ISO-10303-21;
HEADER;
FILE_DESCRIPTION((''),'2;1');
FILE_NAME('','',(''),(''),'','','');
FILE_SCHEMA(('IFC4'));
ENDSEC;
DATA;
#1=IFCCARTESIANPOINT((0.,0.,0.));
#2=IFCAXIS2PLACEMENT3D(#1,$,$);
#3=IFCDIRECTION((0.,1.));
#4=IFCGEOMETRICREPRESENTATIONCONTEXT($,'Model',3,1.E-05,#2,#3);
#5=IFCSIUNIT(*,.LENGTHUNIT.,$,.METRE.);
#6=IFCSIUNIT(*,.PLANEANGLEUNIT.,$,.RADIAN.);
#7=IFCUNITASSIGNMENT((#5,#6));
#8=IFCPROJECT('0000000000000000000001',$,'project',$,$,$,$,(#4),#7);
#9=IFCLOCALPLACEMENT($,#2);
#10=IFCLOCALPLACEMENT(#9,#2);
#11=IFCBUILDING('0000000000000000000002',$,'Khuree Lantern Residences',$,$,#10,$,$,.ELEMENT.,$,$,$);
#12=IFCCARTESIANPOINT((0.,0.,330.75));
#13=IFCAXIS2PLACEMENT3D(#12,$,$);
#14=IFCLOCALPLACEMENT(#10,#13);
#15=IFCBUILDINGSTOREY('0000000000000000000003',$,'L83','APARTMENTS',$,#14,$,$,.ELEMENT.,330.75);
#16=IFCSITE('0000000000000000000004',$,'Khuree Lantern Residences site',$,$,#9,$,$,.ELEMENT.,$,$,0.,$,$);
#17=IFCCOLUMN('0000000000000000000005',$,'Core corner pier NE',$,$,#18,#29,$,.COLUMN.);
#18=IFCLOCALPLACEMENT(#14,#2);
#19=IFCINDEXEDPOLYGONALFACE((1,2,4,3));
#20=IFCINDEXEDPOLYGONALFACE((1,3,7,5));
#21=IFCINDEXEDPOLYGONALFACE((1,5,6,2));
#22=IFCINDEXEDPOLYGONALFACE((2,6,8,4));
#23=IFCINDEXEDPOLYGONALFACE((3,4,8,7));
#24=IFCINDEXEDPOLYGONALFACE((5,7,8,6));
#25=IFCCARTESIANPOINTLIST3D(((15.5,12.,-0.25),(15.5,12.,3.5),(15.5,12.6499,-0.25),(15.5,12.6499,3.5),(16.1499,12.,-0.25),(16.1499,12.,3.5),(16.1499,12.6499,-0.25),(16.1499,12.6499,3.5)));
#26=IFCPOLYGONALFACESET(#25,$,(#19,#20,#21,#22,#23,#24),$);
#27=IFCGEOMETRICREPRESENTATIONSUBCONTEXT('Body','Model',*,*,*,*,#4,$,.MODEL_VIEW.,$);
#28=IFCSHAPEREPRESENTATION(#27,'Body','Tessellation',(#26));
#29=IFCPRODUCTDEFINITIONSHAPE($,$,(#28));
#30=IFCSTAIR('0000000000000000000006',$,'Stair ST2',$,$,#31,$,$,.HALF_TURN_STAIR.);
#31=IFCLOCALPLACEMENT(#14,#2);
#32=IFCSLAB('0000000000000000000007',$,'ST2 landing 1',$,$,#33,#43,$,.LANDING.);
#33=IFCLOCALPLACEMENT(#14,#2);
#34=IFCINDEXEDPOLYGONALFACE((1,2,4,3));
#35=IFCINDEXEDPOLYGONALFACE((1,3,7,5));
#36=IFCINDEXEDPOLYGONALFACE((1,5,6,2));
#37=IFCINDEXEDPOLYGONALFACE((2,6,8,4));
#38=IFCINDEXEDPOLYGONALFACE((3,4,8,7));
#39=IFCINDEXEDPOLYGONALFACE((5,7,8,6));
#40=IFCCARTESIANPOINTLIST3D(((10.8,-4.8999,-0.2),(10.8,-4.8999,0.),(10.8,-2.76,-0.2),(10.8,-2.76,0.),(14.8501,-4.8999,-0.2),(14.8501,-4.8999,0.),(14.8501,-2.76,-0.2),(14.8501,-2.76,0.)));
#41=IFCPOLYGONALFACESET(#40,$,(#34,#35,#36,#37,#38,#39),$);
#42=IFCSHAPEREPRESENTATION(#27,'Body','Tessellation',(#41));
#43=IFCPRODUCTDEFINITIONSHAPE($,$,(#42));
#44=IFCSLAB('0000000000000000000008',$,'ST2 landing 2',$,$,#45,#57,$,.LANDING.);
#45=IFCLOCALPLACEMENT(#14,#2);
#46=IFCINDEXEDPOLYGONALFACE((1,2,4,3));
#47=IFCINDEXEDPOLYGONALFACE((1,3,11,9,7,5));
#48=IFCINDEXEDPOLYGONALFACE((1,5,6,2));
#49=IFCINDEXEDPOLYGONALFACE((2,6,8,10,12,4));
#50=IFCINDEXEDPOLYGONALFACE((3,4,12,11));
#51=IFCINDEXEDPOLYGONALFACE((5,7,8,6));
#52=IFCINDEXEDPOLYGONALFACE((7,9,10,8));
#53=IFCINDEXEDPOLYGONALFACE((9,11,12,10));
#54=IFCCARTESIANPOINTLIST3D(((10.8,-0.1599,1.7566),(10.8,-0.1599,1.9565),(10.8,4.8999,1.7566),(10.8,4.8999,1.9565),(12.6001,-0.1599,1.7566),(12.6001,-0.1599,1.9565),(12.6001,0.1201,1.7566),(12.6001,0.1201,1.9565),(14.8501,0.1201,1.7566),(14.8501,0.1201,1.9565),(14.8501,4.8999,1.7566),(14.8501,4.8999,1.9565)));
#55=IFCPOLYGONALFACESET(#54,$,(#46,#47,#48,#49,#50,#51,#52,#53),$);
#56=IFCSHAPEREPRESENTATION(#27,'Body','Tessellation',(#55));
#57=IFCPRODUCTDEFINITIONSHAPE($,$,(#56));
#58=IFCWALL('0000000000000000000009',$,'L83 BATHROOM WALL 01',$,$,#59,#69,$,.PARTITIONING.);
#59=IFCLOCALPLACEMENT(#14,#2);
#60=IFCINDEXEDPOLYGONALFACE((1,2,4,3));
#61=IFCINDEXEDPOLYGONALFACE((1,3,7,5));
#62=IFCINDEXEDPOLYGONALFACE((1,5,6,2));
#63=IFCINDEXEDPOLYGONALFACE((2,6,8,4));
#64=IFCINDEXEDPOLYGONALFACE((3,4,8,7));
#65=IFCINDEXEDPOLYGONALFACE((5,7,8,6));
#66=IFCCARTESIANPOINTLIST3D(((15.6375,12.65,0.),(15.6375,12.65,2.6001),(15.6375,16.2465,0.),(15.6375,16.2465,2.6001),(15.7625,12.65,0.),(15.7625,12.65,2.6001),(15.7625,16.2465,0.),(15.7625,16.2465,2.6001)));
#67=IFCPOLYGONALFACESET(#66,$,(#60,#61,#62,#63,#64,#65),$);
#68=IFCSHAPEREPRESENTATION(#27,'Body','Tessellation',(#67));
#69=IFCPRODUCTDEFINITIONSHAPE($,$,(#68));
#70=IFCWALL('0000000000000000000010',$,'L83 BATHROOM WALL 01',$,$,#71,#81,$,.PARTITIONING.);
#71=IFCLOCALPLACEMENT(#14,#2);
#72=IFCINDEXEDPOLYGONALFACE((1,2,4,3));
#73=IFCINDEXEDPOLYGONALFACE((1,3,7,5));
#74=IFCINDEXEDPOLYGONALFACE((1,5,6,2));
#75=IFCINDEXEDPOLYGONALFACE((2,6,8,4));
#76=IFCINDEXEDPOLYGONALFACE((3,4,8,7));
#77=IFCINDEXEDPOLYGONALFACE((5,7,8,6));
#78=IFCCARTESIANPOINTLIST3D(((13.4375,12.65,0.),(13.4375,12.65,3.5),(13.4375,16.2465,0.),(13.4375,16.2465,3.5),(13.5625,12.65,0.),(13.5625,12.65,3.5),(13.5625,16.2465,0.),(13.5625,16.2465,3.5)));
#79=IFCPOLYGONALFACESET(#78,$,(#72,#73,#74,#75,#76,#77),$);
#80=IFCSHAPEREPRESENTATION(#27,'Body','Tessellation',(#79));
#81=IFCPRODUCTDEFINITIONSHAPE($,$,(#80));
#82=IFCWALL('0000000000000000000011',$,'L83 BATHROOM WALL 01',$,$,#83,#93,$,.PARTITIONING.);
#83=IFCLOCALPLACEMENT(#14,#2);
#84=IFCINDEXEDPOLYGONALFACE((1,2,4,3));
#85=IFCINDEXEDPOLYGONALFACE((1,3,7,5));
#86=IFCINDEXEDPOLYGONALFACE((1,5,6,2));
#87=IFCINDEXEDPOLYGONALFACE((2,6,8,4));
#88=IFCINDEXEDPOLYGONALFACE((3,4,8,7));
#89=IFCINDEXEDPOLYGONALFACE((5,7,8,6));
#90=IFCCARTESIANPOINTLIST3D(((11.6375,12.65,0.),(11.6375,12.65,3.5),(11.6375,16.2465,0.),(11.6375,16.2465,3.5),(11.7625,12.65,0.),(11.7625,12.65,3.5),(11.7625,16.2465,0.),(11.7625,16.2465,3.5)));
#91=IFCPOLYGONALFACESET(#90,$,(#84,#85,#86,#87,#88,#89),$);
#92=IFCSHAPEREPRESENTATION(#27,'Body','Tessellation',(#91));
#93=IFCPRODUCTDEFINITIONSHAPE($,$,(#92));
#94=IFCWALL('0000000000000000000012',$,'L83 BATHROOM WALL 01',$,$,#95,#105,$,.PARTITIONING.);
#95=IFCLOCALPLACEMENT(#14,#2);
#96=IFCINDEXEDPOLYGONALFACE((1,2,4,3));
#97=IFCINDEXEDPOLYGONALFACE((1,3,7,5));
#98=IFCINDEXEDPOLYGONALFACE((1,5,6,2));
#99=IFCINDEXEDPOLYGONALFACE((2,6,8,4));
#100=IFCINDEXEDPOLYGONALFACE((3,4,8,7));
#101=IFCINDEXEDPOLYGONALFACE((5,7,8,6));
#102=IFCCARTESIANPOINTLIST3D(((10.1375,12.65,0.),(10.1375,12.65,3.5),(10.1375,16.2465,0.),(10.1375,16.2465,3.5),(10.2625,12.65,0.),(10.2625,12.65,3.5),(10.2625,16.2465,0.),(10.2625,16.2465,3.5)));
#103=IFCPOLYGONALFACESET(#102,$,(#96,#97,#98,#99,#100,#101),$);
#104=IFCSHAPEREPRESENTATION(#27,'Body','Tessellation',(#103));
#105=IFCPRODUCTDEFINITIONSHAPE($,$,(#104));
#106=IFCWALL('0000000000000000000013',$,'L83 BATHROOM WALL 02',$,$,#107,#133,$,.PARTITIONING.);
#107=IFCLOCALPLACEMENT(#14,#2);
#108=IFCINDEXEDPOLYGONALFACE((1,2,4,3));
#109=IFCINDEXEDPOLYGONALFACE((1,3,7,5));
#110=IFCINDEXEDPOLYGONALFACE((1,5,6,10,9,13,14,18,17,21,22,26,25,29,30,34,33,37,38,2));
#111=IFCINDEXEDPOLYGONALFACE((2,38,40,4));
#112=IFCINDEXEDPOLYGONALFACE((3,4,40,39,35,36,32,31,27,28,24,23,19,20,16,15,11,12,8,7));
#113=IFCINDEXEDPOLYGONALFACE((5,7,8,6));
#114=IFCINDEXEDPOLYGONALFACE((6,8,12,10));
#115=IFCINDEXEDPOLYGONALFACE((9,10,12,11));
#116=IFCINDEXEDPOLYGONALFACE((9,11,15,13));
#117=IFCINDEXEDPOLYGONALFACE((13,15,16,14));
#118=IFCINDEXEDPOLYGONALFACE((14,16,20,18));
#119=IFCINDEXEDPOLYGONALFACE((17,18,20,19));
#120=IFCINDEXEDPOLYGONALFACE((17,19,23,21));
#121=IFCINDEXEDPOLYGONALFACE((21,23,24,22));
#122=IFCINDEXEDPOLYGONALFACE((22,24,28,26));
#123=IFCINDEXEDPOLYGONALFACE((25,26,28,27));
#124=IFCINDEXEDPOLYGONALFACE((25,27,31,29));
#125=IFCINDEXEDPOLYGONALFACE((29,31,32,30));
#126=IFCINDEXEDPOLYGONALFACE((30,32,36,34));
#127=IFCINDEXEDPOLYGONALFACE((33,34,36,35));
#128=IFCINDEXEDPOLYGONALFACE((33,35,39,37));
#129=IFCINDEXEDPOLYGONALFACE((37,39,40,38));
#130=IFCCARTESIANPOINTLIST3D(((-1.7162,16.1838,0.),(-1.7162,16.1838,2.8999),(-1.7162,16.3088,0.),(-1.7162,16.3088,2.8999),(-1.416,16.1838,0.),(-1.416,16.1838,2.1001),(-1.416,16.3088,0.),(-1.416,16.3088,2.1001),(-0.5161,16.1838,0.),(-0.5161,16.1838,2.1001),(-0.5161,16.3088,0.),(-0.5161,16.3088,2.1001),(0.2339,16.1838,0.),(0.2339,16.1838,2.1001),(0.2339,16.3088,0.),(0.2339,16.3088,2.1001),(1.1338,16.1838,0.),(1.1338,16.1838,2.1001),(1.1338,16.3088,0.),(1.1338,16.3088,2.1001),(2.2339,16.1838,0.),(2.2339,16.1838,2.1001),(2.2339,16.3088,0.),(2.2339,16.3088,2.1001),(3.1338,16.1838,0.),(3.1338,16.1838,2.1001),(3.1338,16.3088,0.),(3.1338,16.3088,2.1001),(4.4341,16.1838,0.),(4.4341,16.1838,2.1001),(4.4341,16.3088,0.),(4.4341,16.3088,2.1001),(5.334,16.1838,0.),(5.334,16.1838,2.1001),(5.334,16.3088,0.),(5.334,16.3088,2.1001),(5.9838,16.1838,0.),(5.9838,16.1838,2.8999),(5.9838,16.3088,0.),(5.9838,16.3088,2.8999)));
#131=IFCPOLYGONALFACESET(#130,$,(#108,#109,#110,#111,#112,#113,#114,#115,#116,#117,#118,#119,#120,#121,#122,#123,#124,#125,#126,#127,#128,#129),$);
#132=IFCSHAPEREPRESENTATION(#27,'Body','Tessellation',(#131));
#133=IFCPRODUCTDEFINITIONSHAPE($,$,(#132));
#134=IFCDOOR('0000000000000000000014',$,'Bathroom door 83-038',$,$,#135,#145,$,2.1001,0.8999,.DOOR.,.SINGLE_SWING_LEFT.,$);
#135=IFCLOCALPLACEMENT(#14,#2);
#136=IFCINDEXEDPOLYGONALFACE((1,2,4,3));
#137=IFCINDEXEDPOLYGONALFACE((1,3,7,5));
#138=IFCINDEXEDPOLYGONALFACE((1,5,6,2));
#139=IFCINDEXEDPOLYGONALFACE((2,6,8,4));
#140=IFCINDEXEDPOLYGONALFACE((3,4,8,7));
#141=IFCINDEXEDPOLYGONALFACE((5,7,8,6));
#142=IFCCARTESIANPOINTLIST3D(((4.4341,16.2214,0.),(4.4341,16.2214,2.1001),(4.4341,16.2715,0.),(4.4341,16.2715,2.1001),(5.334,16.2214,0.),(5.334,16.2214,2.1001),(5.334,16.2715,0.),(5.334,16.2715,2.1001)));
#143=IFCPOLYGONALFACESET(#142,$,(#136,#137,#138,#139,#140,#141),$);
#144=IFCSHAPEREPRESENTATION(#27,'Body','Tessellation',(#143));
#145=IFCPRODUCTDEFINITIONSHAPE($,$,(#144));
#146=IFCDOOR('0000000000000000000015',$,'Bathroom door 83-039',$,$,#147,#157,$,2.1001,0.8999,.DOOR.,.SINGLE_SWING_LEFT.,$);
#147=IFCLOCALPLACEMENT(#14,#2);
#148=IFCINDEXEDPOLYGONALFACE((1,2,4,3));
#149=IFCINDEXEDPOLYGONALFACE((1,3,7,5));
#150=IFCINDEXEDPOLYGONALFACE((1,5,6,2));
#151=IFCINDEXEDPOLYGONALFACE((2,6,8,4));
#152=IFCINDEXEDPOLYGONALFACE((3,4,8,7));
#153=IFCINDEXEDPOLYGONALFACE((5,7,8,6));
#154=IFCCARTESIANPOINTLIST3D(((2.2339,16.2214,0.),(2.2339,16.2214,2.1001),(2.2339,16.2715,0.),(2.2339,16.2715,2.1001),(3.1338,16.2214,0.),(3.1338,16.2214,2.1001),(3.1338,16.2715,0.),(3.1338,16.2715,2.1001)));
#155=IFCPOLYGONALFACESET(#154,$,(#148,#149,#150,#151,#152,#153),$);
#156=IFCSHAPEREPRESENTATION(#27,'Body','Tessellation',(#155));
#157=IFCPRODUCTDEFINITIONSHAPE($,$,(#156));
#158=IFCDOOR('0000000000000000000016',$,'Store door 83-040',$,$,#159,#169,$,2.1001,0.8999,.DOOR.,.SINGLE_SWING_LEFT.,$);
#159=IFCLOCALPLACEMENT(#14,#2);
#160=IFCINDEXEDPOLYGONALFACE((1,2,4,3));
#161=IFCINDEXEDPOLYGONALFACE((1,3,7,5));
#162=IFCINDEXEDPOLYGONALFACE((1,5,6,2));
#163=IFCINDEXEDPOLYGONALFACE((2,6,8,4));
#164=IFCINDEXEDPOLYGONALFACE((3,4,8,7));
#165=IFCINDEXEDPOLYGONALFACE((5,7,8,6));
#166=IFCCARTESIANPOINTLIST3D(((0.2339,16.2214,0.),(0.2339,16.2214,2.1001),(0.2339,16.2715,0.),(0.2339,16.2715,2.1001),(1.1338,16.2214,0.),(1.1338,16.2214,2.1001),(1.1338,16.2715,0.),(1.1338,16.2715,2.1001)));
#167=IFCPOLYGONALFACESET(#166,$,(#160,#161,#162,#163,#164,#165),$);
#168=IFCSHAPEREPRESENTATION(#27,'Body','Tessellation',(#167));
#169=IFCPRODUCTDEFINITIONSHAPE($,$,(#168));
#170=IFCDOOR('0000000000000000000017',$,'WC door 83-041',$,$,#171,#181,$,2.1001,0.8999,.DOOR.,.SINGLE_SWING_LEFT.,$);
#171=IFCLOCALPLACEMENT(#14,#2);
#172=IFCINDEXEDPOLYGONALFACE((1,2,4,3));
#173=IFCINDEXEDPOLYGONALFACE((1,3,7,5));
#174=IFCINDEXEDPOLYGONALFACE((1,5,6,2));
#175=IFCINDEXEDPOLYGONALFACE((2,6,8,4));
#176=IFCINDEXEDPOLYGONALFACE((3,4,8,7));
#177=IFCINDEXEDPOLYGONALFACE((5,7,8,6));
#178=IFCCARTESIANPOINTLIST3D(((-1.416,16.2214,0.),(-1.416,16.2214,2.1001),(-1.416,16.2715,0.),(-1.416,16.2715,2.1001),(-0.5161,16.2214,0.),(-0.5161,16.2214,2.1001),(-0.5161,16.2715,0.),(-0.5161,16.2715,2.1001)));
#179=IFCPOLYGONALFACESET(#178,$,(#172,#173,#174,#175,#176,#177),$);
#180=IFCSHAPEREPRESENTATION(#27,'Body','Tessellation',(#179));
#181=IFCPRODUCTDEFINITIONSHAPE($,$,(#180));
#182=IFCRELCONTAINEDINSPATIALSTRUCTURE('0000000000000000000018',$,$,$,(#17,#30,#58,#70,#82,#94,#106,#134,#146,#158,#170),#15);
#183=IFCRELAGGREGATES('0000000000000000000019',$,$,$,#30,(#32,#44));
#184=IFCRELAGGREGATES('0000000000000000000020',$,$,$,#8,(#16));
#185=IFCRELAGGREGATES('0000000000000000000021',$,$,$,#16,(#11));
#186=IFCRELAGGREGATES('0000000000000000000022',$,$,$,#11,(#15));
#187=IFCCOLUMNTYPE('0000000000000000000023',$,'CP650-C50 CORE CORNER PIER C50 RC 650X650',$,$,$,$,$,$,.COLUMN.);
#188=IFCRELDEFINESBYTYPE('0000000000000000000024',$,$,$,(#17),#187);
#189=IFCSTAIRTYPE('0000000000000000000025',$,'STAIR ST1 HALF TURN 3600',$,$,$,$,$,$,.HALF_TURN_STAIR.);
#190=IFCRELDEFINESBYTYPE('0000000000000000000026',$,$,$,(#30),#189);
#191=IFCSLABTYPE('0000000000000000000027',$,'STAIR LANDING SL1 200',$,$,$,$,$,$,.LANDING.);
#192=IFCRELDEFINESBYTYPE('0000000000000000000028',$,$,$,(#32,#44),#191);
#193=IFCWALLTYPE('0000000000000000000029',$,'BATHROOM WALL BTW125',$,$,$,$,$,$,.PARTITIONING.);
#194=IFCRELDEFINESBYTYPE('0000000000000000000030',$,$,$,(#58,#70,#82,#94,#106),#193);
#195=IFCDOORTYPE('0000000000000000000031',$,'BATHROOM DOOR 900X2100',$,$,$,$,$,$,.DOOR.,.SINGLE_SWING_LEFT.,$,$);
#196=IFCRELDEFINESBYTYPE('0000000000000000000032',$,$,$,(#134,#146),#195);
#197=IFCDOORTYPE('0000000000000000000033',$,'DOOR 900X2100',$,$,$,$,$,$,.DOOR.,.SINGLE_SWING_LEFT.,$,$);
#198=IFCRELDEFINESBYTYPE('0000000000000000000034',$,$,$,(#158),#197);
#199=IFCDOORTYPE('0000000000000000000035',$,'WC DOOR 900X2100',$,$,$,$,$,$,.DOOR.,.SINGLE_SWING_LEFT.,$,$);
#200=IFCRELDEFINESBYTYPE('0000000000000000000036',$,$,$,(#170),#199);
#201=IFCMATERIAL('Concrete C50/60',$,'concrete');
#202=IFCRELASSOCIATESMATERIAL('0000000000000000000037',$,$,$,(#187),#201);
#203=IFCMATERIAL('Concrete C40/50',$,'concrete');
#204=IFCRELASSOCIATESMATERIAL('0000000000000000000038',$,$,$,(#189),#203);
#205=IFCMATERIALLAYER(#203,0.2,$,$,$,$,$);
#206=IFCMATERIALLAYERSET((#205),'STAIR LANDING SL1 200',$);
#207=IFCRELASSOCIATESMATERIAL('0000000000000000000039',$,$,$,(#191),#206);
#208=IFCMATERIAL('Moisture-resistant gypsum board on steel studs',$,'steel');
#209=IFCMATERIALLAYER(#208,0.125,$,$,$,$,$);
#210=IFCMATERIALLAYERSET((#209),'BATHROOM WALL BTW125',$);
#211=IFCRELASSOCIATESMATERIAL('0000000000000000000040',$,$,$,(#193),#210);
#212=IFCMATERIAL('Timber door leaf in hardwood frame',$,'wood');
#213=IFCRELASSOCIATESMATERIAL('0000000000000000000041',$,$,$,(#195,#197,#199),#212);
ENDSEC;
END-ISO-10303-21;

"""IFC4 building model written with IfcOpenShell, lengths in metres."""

from ifc_helpers import new_model, si_unit, direction, frame, frame_2d, origin, origin_2d, place, context, subcontext, project, spatial, polyline, rectangle, outline, extrude, material, layer, layer_set, material_profile, profile_set, type_object, element, fill, aggregate, save


model = new_model("IFC4")

# Units and contexts
model_context = context("Model", 3, precision=1e-05, world=origin(), true_north=direction((0.0, 1.0)))
body_context = subcontext(model_context, "Body", "Model", "MODEL_VIEW")
ifc_project = project(units=[si_unit("LENGTHUNIT", "METRE"), si_unit("PLANEANGLEUNIT", "RADIAN")], contexts=[model_context])

# Site, building, storey
site_placement = place(None, origin())
site = spatial("IfcSite", under=ifc_project, at=site_placement, Name="Khuree Lantern Residences site", CompositionType="ELEMENT", RefElevation=0.0)
building_placement = place(site_placement, origin())
building = spatial("IfcBuilding", under=site, at=building_placement, Name="Khuree Lantern Residences", CompositionType="ELEMENT")
storey_placement = place(building_placement, frame((0.0, 0.0, 330.75)))
storey = spatial("IfcBuildingStorey", under=building, at=storey_placement, Name="L83", Description="APARTMENTS", CompositionType="ELEMENT", Elevation=330.75)

# Column
ifc_material_1 = material(Name="Concrete C50/60", Category="concrete")
ifc_material_profile = material_profile(ifc_material_1, rectangle(XDim=0.6499, YDim=0.6499, at=origin_2d()), Name="RC 650X650")
ifc_profile_set = profile_set([ifc_material_profile], Name="Concrete C50/60")
column_type = type_object("IfcColumnType", Name="CP650-C50 CORE CORNER PIER C50 RC 650X650", PredefinedType="COLUMN", material=ifc_profile_set)
column_placement = place(storey_placement, frame((15.825, 12.325, -0.25), z_axis=(0.0, 0.0, 1.0), x_axis=(1.0, 0.0, 0.0)))
element("IfcColumn", 1, at=column_placement, inside=storey, type_object=column_type, Name="Core corner pier NE", PredefinedType="COLUMN", context=body_context, shape_type="SweptSolid", body=[
    extrude(rectangle(XDim=0.6499, YDim=0.6499, at=origin_2d()), origin(), (0.0, 0.0, 1.0), 3.75),
])

# Stair, slabs
ifc_material_2 = material(Name="Concrete C40/50", Category="concrete")
stair_type = type_object("IfcStairType", Name="STAIR ST1 HALF TURN 3600", PredefinedType="HALF_TURN_STAIR", material=ifc_material_2)
stair_placement = place(storey_placement, origin())
stair = element("IfcStair", 2, at=stair_placement, inside=storey, type_object=stair_type, Name="Stair ST2", PredefinedType="HALF_TURN_STAIR")
ifc_layer_1 = layer(ifc_material_2, 0.2)
ifc_layer_set_1 = layer_set([ifc_layer_1], Name="STAIR LANDING SL1 200")
slab_type = type_object("IfcSlabType", Name="STAIR LANDING SL1 200", PredefinedType="LANDING", material=ifc_layer_set_1)
slab_1_placement = place(storey_placement, frame((0.0, 0.0, -0.2)))
slab_1 = element("IfcSlab", 3, at=slab_1_placement, type_object=slab_type, Name="ST2 landing 1", PredefinedType="LANDING", context=body_context, shape_type="SweptSolid", body=[
    extrude(outline(polyline([(10.8, -4.8999), (14.8501, -4.8999), (14.8501, -2.76), (10.8, -2.76), (10.8, -4.8999)])), origin(), (0.0, 0.0, 1.0), 0.2),
])
slab_2_placement = place(storey_placement, frame((0.0, 0.0, 1.7566)))
slab_2 = element("IfcSlab", 4, at=slab_2_placement, type_object=slab_type, Name="ST2 landing 2", PredefinedType="LANDING", context=body_context, shape_type="SweptSolid", body=[
    extrude(outline(polyline([(14.8501, 4.8999), (14.8501, 0.1201), (12.6001, 0.1201), (12.6001, -0.1599), (10.8, -0.1599), (10.8, 4.8999), (14.8501, 4.8999)])), origin(), (0.0, 0.0, 1.0), 0.2),
])
aggregate(stair, [slab_1, slab_2])

# Walls
ifc_material_3 = material(Name="Moisture-resistant gypsum board on steel studs", Category="steel")
ifc_layer_2 = layer(ifc_material_3, 0.125)
ifc_layer_set_2 = layer_set([ifc_layer_2], Name="BATHROOM WALL BTW125")
wall_type_1 = type_object("IfcWallType", Name="BATHROOM WALL BTW125", PredefinedType="PARTITIONING", material=ifc_layer_set_2)
wall_1_placement = place(storey_placement, frame((15.7, 12.6499, 0.0), z_axis=(0.0, 0.0, 1.0), x_axis=(0.0, 1.0, 0.0)))
element("IfcWall", 5, at=wall_1_placement, inside=storey, type_object=wall_type_1, Name="L83 BATHROOM WALL 01", PredefinedType="PARTITIONING", context=body_context, shape_type="SweptSolid", body=[
    extrude(rectangle(XDim=3.5964, YDim=0.125, at=frame_2d((1.7983, 0.0))), origin(), (0.0, 0.0, 1.0), 2.6001),
])
for number, where, z_axis, x_axis, name in (
    (6, (13.5, 12.6499, 0.0), (0.0, 0.0, 1.0), (0.0, 1.0, 0.0), "L83 BATHROOM WALL 01"),
    (7, (11.7, 12.6499, 0.0), (0.0, 0.0, 1.0), (0.0, 1.0, 0.0), "L83 BATHROOM WALL 01"),
    (8, (10.2, 12.6499, 0.0), (0.0, 0.0, 1.0), (0.0, 1.0, 0.0), "L83 BATHROOM WALL 01"),
):
    element("IfcWall", number, at=place(storey_placement, frame(where, z_axis=z_axis, x_axis=x_axis)), inside=storey, type_object=wall_type_1, Name=name, PredefinedType="PARTITIONING", context=body_context, shape_type="SweptSolid", body=[
        extrude(rectangle(XDim=3.5964, YDim=0.125, at=frame_2d((1.7983, 0.0))), origin(), (0.0, 0.0, 1.0), 3.5),
    ])

# Wall, openings, doors
wall_2_placement = place(storey_placement, frame((5.9839, 16.2463, 0.0), z_axis=(0.0, 0.0, 1.0), x_axis=(-1.0, 0.0, 0.0)))
wall_2 = element("IfcWall", 9, at=wall_2_placement, inside=storey, type_object=wall_type_1, Name="L83 BATHROOM WALL 02", PredefinedType="PARTITIONING", context=body_context, shape_type="SweptSolid", body=[
    extrude(rectangle(XDim=7.7, YDim=0.125, at=frame_2d((3.8501, 0.0))), origin(), (0.0, 0.0, 1.0), 2.8999),
])
opening_1_placement = place(wall_2_placement, frame((0.6499, 0.0, 0.0)))
opening_1 = element("IfcOpeningElement", 10, at=opening_1_placement, cuts=wall_2, PredefinedType="OPENING", context=body_context, shape_type="SweptSolid", body=[
    extrude(rectangle(XDim=0.8999, YDim=2.1001, at=frame_2d((0.45, 1.05))), frame((0.0, 0.0725, 0.0), z_axis=(0.0, -1.0, 0.0), x_axis=(1.0, 0.0, 0.0)), (0.0, 0.0, 1.0), 0.145),
])
opening_2_placement = place(wall_2_placement, frame((2.8501, 0.0, 0.0)))
opening_2 = element("IfcOpeningElement", 11, at=opening_2_placement, cuts=wall_2, PredefinedType="OPENING", context=body_context, shape_type="SweptSolid", body=[
    extrude(rectangle(XDim=0.8999, YDim=2.1001, at=frame_2d((0.45, 1.05))), frame((0.0, 0.0725, 0.0), z_axis=(0.0, -1.0, 0.0), x_axis=(1.0, 0.0, 0.0)), (0.0, 0.0, 1.0), 0.145),
])
opening_3_placement = place(wall_2_placement, frame((4.8501, 0.0, 0.0)))
opening_3 = element("IfcOpeningElement", 12, at=opening_3_placement, cuts=wall_2, PredefinedType="OPENING", context=body_context, shape_type="SweptSolid", body=[
    extrude(rectangle(XDim=0.8999, YDim=2.1001, at=frame_2d((0.45, 1.05))), frame((0.0, 0.0725, 0.0), z_axis=(0.0, -1.0, 0.0), x_axis=(1.0, 0.0, 0.0)), (0.0, 0.0, 1.0), 0.145),
])
opening_4_placement = place(wall_2_placement, frame((6.5, 0.0, 0.0)))
opening_4 = element("IfcOpeningElement", 13, at=opening_4_placement, cuts=wall_2, PredefinedType="OPENING", context=body_context, shape_type="SweptSolid", body=[
    extrude(rectangle(XDim=0.8999, YDim=2.1001, at=frame_2d((0.45, 1.05))), frame((0.0, 0.0725, 0.0), z_axis=(0.0, -1.0, 0.0), x_axis=(1.0, 0.0, 0.0)), (0.0, 0.0, 1.0), 0.145),
])
ifc_material_4 = material(Name="Timber door leaf in hardwood frame", Category="wood")
door_type_1 = type_object("IfcDoorType", Name="BATHROOM DOOR 900X2100", OperationType="SINGLE_SWING_LEFT", PredefinedType="DOOR", material=ifc_material_4)
door_1_placement = place(opening_1_placement, origin())
door_1 = element("IfcDoor", 14, at=door_1_placement, inside=storey, type_object=door_type_1, Name="Bathroom door 83-038", OperationType="SINGLE_SWING_LEFT", OverallHeight=2.1001, OverallWidth=0.8999, PredefinedType="DOOR", context=body_context, shape_type="SweptSolid", body=[
    extrude(rectangle(XDim=0.8999, YDim=2.1001, at=frame_2d((0.45, 1.05))), frame((0.0, 0.0249, 0.0), z_axis=(0.0, -1.0, 0.0), x_axis=(1.0, 0.0, 0.0)), (0.0, 0.0, 1.0), 0.05),
])
fill(opening_1, door_1)
door_2_placement = place(opening_2_placement, origin())
door_2 = element("IfcDoor", 15, at=door_2_placement, inside=storey, type_object=door_type_1, Name="Bathroom door 83-039", OperationType="SINGLE_SWING_LEFT", OverallHeight=2.1001, OverallWidth=0.8999, PredefinedType="DOOR", context=body_context, shape_type="SweptSolid", body=[
    extrude(rectangle(XDim=0.8999, YDim=2.1001, at=frame_2d((0.45, 1.05))), frame((0.0, 0.0249, 0.0), z_axis=(0.0, -1.0, 0.0), x_axis=(1.0, 0.0, 0.0)), (0.0, 0.0, 1.0), 0.05),
])
fill(opening_2, door_2)
door_type_2 = type_object("IfcDoorType", Name="DOOR 900X2100", OperationType="SINGLE_SWING_LEFT", PredefinedType="DOOR", material=ifc_material_4)
door_3_placement = place(opening_3_placement, origin())
door_3 = element("IfcDoor", 16, at=door_3_placement, inside=storey, type_object=door_type_2, Name="Store door 83-040", OperationType="SINGLE_SWING_LEFT", OverallHeight=2.1001, OverallWidth=0.8999, PredefinedType="DOOR", context=body_context, shape_type="SweptSolid", body=[
    extrude(rectangle(XDim=0.8999, YDim=2.1001, at=frame_2d((0.45, 1.05))), frame((0.0, 0.0249, 0.0), z_axis=(0.0, -1.0, 0.0), x_axis=(1.0, 0.0, 0.0)), (0.0, 0.0, 1.0), 0.05),
])
fill(opening_3, door_3)
door_type_3 = type_object("IfcDoorType", Name="WC DOOR 900X2100", OperationType="SINGLE_SWING_LEFT", PredefinedType="DOOR", material=ifc_material_4)
door_4_placement = place(opening_4_placement, origin())
door_4 = element("IfcDoor", 17, at=door_4_placement, inside=storey, type_object=door_type_3, Name="WC door 83-041", OperationType="SINGLE_SWING_LEFT", OverallHeight=2.1001, OverallWidth=0.8999, PredefinedType="DOOR", context=body_context, shape_type="SweptSolid", body=[
    extrude(rectangle(XDim=0.8999, YDim=2.1001, at=frame_2d((0.45, 1.05))), frame((0.0, 0.0249, 0.0), z_axis=(0.0, -1.0, 0.0), x_axis=(1.0, 0.0, 0.0)), (0.0, 0.0, 1.0), 0.05),
])
fill(opening_4, door_4)

save(model, "model.ifc")
